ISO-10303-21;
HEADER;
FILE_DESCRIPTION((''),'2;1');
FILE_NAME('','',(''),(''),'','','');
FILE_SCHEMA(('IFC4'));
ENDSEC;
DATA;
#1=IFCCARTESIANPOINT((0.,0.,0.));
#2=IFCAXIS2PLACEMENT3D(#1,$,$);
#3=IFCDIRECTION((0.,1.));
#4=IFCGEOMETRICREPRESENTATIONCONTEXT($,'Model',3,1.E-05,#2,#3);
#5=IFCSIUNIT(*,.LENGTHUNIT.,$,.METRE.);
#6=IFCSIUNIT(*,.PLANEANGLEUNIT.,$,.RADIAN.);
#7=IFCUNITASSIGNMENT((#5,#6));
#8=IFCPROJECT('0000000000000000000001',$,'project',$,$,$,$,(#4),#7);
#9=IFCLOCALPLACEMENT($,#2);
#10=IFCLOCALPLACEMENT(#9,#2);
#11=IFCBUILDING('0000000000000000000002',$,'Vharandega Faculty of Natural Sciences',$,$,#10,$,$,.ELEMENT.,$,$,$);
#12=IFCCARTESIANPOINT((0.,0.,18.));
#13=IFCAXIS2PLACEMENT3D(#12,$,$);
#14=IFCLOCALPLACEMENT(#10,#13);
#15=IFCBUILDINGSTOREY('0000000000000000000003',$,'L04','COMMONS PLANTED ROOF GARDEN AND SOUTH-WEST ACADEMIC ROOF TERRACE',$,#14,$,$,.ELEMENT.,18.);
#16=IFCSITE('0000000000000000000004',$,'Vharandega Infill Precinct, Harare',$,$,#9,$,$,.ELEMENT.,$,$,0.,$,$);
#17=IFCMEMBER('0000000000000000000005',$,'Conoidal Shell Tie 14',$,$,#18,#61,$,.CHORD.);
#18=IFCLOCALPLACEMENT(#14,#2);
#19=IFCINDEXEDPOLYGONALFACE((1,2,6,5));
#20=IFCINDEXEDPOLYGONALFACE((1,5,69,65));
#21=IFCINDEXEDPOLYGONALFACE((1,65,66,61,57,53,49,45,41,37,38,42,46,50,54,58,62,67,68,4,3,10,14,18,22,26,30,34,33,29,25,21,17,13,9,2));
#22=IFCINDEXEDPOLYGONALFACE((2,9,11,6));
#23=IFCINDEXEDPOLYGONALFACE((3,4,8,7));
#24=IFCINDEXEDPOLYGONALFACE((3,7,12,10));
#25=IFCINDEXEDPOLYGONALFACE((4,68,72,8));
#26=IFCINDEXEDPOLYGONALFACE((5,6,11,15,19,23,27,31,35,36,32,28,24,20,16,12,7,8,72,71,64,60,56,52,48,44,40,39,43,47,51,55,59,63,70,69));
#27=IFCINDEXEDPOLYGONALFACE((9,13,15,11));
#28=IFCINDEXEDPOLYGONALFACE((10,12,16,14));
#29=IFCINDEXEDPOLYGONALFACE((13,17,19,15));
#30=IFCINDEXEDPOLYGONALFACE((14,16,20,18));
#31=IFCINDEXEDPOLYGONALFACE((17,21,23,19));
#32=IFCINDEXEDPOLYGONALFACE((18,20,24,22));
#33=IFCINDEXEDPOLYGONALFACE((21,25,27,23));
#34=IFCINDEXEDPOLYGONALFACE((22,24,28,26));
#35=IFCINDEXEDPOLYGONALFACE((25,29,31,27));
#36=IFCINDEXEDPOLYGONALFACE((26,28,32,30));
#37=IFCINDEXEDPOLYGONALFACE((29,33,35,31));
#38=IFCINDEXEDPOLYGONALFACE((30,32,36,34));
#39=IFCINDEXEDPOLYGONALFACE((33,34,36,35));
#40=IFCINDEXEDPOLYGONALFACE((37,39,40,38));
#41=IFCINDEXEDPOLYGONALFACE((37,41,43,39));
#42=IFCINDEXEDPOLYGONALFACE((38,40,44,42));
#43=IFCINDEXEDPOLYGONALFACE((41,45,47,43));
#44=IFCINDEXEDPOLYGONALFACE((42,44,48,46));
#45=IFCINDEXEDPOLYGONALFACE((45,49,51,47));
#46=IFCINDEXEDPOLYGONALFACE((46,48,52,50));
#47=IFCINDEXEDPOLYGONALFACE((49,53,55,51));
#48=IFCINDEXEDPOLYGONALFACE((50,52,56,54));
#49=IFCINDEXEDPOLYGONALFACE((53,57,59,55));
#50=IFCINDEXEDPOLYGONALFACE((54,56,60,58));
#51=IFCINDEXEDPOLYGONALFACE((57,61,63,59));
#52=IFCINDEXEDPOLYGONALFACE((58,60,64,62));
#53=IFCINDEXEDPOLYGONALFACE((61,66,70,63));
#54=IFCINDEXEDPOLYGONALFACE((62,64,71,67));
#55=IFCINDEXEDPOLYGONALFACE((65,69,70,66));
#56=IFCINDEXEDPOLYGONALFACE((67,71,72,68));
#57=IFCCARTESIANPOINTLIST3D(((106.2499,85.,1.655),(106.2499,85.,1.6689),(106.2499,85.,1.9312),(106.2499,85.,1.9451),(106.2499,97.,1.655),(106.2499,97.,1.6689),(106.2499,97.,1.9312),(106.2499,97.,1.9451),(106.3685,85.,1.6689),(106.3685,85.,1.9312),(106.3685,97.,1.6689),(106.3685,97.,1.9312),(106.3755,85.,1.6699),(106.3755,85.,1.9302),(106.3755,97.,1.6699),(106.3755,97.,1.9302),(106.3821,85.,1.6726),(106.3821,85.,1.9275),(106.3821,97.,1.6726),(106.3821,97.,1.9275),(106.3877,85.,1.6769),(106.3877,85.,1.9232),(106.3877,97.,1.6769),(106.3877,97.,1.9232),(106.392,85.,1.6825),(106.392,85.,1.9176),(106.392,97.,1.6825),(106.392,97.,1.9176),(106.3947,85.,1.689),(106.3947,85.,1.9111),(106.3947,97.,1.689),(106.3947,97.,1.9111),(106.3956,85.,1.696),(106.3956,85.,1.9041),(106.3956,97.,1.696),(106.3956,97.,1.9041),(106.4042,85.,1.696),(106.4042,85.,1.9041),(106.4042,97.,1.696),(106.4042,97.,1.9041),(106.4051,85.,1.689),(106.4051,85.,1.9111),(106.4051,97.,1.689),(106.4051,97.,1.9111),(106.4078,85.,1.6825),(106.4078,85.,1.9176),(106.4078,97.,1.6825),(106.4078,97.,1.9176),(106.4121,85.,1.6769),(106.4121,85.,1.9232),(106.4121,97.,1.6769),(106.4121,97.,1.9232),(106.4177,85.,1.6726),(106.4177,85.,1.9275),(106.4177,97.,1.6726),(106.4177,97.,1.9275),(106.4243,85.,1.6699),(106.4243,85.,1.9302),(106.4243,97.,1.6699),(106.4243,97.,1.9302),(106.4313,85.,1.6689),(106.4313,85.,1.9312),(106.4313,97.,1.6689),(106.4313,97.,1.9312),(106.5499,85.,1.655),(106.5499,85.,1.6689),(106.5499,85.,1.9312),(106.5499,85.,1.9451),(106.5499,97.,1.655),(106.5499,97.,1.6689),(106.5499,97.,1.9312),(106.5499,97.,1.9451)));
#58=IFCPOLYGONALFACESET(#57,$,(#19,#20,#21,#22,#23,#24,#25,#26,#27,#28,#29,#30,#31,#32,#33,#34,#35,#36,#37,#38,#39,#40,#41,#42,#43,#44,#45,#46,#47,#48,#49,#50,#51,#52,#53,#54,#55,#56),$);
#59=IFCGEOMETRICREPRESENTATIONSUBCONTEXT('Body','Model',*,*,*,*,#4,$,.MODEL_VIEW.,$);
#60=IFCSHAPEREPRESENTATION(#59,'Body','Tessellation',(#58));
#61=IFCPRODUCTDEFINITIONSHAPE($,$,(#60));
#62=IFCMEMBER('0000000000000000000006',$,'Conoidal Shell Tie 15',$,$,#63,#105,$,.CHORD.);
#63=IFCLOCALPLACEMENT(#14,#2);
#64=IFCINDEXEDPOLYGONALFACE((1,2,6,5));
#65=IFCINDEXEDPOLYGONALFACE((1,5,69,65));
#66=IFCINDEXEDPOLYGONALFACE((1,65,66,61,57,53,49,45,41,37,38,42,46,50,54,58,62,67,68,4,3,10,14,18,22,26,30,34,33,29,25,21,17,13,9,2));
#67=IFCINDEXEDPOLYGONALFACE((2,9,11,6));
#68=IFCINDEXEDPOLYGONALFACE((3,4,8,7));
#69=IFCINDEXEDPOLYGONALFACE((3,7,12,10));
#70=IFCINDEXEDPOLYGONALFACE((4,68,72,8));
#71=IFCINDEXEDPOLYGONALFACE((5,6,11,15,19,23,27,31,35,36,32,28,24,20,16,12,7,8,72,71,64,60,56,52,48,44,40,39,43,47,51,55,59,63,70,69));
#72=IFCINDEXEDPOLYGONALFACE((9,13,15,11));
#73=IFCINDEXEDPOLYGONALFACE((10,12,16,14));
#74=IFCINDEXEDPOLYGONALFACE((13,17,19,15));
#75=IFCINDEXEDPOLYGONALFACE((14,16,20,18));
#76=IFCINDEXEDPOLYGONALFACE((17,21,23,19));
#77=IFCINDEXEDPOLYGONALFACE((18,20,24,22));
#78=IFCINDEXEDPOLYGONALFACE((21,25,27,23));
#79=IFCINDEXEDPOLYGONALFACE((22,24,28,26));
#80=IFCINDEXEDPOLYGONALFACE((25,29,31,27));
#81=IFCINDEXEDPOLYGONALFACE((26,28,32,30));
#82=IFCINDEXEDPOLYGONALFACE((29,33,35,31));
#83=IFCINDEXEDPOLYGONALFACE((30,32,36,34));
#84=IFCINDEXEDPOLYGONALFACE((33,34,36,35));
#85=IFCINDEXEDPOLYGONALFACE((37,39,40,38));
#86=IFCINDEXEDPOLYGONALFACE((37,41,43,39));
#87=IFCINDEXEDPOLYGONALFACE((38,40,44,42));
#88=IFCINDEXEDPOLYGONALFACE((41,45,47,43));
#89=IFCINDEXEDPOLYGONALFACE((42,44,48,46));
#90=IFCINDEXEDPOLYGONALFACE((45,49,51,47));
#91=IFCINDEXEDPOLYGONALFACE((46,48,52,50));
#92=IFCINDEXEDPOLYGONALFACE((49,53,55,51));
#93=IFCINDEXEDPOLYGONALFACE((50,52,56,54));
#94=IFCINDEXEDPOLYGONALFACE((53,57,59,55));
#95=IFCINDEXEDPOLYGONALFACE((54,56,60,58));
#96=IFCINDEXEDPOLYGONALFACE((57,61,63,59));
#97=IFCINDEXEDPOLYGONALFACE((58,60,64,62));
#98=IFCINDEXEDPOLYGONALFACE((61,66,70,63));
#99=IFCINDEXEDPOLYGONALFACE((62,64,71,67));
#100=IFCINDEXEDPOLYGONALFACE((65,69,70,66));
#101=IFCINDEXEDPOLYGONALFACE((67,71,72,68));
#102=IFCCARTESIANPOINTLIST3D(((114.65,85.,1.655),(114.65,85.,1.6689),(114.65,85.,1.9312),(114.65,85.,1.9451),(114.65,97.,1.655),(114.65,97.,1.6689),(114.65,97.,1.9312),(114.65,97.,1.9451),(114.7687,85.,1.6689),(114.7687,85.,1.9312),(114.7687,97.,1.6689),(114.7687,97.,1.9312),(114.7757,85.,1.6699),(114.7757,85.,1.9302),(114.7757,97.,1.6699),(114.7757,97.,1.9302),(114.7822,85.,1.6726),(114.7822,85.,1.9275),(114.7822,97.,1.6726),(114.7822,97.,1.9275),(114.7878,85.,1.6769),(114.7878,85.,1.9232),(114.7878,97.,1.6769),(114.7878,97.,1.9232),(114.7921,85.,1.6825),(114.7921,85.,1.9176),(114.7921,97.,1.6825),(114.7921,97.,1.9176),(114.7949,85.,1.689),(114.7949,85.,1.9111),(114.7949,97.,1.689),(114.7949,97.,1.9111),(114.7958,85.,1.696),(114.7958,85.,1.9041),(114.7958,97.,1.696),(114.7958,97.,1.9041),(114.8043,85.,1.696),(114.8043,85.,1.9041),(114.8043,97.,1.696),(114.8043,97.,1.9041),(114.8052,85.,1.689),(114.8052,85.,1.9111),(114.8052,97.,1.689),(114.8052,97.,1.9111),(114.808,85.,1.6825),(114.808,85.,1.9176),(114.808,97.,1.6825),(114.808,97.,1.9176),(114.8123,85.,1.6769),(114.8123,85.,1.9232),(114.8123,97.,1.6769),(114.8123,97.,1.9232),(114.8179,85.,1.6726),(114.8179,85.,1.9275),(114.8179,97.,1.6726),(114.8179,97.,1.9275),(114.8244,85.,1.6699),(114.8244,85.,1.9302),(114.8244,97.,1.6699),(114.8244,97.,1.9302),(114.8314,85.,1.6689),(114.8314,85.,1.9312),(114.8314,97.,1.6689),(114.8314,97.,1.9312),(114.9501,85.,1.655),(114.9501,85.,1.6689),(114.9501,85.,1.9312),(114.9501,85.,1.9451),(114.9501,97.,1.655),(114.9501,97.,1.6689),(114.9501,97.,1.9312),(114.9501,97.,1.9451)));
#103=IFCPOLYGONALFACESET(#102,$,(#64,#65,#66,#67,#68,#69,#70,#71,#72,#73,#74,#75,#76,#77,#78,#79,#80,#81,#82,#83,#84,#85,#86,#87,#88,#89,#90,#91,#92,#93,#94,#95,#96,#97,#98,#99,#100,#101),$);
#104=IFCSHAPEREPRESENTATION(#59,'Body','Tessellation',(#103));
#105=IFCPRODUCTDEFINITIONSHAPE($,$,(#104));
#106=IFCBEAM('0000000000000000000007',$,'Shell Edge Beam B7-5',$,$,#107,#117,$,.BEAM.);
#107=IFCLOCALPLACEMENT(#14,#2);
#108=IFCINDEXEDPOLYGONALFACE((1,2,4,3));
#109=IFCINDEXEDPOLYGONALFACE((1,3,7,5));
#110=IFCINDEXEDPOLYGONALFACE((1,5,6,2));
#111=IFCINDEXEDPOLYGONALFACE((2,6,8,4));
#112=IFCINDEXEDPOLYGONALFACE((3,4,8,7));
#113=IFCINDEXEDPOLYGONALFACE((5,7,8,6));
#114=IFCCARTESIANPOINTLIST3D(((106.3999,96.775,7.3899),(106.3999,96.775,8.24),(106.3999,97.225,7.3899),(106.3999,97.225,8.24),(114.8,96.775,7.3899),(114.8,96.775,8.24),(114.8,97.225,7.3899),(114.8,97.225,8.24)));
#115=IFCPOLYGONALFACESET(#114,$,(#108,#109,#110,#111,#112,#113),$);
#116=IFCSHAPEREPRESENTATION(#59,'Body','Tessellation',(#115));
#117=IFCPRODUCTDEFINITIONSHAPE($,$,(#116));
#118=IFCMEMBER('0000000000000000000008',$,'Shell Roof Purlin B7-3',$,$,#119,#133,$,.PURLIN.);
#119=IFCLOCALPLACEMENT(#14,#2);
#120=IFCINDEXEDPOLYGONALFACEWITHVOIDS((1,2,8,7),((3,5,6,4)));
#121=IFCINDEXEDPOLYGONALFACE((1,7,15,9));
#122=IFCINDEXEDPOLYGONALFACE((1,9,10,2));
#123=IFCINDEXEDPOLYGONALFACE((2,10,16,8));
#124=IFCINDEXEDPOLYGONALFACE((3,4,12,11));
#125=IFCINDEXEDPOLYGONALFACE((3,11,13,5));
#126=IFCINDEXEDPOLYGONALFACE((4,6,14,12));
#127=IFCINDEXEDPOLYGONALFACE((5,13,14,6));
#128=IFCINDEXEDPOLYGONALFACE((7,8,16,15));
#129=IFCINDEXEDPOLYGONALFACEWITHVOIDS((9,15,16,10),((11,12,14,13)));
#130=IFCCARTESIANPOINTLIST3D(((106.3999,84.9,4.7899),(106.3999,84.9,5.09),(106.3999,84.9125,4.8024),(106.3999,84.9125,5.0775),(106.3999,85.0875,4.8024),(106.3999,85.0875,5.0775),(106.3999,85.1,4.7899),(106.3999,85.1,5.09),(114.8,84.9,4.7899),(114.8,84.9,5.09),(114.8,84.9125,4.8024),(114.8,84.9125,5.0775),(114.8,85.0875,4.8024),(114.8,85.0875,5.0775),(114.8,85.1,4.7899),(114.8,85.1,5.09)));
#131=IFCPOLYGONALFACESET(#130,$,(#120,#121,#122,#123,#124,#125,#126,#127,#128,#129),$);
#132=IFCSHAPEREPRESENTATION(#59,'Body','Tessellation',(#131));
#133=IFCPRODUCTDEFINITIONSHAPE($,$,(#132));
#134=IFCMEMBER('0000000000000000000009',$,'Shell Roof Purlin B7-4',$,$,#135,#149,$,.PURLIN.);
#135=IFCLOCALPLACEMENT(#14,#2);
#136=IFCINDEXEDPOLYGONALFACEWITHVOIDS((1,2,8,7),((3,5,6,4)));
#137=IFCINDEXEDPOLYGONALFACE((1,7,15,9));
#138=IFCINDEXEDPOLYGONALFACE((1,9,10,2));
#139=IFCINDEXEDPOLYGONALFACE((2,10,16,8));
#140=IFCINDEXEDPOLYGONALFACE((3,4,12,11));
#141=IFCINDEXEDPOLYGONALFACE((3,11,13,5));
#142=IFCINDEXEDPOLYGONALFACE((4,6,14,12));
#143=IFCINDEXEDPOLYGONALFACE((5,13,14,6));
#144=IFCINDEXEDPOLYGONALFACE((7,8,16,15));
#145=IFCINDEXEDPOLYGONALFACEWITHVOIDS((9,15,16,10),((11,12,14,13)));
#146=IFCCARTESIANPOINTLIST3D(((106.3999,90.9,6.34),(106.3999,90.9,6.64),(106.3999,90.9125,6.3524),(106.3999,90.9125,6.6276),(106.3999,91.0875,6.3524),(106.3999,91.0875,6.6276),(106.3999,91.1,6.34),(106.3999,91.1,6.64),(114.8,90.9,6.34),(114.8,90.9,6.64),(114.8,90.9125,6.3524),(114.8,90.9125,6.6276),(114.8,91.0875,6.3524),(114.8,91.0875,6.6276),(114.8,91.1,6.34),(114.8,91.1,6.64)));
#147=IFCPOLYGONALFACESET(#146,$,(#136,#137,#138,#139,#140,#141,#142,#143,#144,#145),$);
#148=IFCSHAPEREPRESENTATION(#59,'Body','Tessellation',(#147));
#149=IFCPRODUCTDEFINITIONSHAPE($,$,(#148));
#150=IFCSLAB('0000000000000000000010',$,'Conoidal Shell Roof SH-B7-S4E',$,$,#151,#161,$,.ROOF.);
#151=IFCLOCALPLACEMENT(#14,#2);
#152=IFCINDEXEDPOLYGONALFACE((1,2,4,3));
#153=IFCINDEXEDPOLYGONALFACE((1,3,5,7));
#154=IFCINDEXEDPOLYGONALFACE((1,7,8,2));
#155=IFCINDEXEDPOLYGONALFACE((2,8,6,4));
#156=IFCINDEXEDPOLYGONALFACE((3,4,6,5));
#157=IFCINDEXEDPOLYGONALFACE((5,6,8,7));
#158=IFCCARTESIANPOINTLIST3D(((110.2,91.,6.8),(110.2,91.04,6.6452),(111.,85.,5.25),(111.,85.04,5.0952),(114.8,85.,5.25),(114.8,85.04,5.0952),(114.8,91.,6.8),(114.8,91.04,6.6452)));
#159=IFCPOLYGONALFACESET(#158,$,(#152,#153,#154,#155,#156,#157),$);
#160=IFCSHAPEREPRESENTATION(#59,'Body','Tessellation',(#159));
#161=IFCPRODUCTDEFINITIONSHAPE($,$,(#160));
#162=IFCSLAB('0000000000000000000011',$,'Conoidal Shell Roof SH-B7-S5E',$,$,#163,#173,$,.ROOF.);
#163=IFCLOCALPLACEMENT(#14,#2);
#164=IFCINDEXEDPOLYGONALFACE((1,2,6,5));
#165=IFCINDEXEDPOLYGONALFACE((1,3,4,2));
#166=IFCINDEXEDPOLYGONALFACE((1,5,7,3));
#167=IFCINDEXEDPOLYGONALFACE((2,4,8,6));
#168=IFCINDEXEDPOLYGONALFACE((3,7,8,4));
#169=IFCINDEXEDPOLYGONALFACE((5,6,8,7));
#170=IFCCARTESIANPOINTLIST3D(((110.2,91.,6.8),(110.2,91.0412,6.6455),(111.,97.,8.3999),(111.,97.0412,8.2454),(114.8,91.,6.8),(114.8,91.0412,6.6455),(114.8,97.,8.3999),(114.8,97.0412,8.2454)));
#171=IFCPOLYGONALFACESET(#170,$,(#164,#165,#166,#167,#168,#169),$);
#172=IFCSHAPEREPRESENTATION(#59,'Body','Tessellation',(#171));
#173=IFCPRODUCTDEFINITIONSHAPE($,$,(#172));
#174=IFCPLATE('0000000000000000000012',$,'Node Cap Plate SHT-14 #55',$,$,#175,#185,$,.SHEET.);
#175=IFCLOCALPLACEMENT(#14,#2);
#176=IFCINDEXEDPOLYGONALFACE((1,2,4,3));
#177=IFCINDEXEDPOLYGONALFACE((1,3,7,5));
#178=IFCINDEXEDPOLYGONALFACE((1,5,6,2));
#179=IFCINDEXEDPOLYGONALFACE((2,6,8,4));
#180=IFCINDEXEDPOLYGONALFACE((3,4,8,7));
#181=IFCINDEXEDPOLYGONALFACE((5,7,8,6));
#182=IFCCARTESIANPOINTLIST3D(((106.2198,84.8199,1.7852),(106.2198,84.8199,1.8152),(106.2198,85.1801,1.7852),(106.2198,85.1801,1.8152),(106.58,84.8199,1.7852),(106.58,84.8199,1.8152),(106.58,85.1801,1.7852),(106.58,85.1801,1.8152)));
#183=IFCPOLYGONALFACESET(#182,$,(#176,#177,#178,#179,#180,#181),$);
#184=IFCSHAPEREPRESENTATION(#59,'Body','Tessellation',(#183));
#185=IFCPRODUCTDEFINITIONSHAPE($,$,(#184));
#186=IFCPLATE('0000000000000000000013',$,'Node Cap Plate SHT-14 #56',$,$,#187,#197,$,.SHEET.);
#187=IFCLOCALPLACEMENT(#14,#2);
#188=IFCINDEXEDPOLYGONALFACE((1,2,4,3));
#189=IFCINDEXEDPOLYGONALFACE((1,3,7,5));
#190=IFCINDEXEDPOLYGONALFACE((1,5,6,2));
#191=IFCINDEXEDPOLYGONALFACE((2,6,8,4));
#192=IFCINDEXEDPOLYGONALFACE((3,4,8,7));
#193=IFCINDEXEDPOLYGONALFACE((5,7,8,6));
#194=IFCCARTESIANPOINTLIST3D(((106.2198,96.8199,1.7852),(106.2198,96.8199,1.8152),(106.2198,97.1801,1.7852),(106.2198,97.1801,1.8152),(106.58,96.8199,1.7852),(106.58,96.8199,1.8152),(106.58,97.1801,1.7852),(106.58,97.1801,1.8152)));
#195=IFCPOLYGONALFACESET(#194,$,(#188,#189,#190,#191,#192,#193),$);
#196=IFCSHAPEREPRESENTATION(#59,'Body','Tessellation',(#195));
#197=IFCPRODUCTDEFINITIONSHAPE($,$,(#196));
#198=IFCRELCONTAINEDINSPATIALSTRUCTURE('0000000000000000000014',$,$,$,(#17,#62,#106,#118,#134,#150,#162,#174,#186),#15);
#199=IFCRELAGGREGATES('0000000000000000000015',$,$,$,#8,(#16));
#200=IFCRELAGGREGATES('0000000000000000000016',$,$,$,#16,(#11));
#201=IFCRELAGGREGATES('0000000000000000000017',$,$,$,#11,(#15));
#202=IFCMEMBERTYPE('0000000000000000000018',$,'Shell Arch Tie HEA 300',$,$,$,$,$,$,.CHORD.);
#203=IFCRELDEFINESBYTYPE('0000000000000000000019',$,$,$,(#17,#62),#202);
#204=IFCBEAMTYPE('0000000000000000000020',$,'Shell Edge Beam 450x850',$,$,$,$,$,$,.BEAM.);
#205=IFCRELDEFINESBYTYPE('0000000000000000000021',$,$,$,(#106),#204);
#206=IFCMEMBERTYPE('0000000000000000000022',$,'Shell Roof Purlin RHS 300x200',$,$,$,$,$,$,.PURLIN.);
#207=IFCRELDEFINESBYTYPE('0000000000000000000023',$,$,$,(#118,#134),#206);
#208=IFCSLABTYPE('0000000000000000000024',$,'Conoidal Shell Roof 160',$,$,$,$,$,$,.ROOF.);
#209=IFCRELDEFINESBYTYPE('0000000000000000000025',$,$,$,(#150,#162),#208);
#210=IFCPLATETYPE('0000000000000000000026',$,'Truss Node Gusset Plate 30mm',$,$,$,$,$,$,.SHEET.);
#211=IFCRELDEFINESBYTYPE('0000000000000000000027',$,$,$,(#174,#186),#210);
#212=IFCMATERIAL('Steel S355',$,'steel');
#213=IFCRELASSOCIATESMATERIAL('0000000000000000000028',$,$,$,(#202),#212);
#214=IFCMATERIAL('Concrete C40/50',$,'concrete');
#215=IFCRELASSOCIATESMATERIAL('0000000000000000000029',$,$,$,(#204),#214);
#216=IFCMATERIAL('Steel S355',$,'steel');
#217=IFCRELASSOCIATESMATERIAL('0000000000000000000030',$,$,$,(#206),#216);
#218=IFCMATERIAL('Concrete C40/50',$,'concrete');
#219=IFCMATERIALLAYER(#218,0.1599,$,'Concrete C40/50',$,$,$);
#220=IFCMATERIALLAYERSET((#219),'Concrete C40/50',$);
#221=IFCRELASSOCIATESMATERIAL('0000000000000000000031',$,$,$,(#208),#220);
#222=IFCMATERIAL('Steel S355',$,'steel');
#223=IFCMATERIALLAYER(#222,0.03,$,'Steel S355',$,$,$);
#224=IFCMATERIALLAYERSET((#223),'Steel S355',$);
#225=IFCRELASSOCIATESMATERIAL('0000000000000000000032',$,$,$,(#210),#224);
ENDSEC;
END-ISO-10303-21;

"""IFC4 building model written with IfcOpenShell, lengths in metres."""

from ifc_helpers import new_model, si_unit, direction, frame, origin, origin_2d, place, context, subcontext, project, spatial, polyline, rectangle, hollow_rectangle, i_section, outline, extrude, material, layer, layer_set, material_profile, profile_set, type_object, element, save


model = new_model("IFC4")

# Units and contexts
model_context = context("Model", 3, precision=1e-05, world=origin(), true_north=direction((0.0, 1.0)))
body_context = subcontext(model_context, "Body", "Model", "MODEL_VIEW")
ifc_project = project(units=[si_unit("LENGTHUNIT", "METRE"), si_unit("PLANEANGLEUNIT", "RADIAN")], contexts=[model_context])

# Site, building, storey
site_placement = place(None, origin())
site = spatial("IfcSite", under=ifc_project, at=site_placement, Name="Vharandega Infill Precinct, Harare", CompositionType="ELEMENT", RefElevation=0.0)
building_placement = place(site_placement, origin())
building = spatial("IfcBuilding", under=site, at=building_placement, Name="Vharandega Faculty of Natural Sciences", CompositionType="ELEMENT")
storey_placement = place(building_placement, frame((0.0, 0.0, 18.0)))
storey = spatial("IfcBuildingStorey", under=building, at=storey_placement, Name="L04", Description="COMMONS PLANTED ROOF GARDEN AND SOUTH-WEST ACADEMIC ROOF TERRACE", CompositionType="ELEMENT", Elevation=18.0)

# Members
ifc_material_1 = material(Name="Steel S355", Category="steel")
ifc_material_profile_1 = material_profile(ifc_material_1, i_section(OverallWidth=0.3, OverallDepth=0.29, WebThickness=0.0085, FlangeThickness=0.0139, FilletRadius=0.0271, at=origin_2d()), Name="HEA 300")
ifc_profile_set_1 = profile_set([ifc_material_profile_1], Name="Steel S355")
member_type_1 = type_object("IfcMemberType", Name="Shell Arch Tie HEA 300", PredefinedType="CHORD", material=ifc_profile_set_1)
for number, where, z_axis, x_axis, name in (
    (1, (106.3999, 85.0, 1.8), (0.0, 1.0, 0.0), (-1.0, 0.0, 0.0), "Conoidal Shell Tie 14"),
    (2, (114.8, 85.0, 1.8), (0.0, 1.0, 0.0), (-1.0, 0.0, 0.0), "Conoidal Shell Tie 15"),
):
    element("IfcMember", number, at=place(storey_placement, frame(where, z_axis=z_axis, x_axis=x_axis)), inside=storey, type_object=member_type_1, Name=name, PredefinedType="CHORD", context=body_context, shape_type="SweptSolid", body=[
        extrude(i_section(OverallWidth=0.3, OverallDepth=0.29, WebThickness=0.0085, FlangeThickness=0.0139, FilletRadius=0.0271, at=origin_2d()), origin(), (0.0, 0.0, 1.0), 12.0),
    ])

# Beam
ifc_material_2 = material(Name="Concrete C40/50", Category="concrete")
ifc_material_profile_2 = material_profile(ifc_material_2, rectangle(XDim=0.45, YDim=0.8501, at=origin_2d()), Name="RC 450x850")
ifc_profile_set_2 = profile_set([ifc_material_profile_2], Name="Concrete C40/50")
beam_type_1 = type_object("IfcBeamType", Name="Shell Edge Beam 450x850", PredefinedType="BEAM", material=ifc_profile_set_2)
beam_1_placement = place(storey_placement, frame((106.3999, 97.0, 7.8149), z_axis=(1.0, 0.0, 0.0), x_axis=(0.0, 1.0, 0.0)))
element("IfcBeam", 3, at=beam_1_placement, inside=storey, type_object=beam_type_1, Name="Shell Edge Beam B7-5", PredefinedType="BEAM", context=body_context, shape_type="SweptSolid", body=[
    extrude(rectangle(XDim=0.45, YDim=0.8501, at=origin_2d()), origin(), (0.0, 0.0, 1.0), 8.4001),
])

# Members
ifc_material_3 = material(Name="Steel S355", Category="steel")
ifc_material_profile_3 = material_profile(ifc_material_3, hollow_rectangle(XDim=0.2, YDim=0.3, WallThickness=0.0125, at=origin_2d()), Name="RHS 300x200x12.5")
ifc_profile_set_3 = profile_set([ifc_material_profile_3], Name="Steel S355")
member_type_2 = type_object("IfcMemberType", Name="Shell Roof Purlin RHS 300x200", PredefinedType="PURLIN", material=ifc_profile_set_3)
for number, where, z_axis, x_axis, name in (
    (4, (106.3999, 85.0, 4.9399), (1.0, 0.0, 0.0), (0.0, 1.0, 0.0), "Shell Roof Purlin B7-3"),
    (5, (106.3999, 91.0, 6.49), (1.0, 0.0, 0.0), (0.0, 1.0, 0.0), "Shell Roof Purlin B7-4"),
):
    element("IfcMember", number, at=place(storey_placement, frame(where, z_axis=z_axis, x_axis=x_axis)), inside=storey, type_object=member_type_2, Name=name, PredefinedType="PURLIN", context=body_context, shape_type="SweptSolid", body=[
        extrude(hollow_rectangle(XDim=0.2, YDim=0.3, WallThickness=0.0125, at=origin_2d()), origin(), (0.0, 0.0, 1.0), 8.4001),
    ])

# Slabs
ifc_material_4 = material(Name="Concrete C40/50", Category="concrete")
ifc_layer_1 = layer(ifc_material_4, 0.1599, Name="Concrete C40/50")
ifc_layer_set_1 = layer_set([ifc_layer_1], Name="Concrete C40/50")
slab_type = type_object("IfcSlabType", Name="Conoidal Shell Roof 160", PredefinedType="ROOF", material=ifc_layer_set_1)
slab_1_placement = place(storey_placement, frame((111.0, 85.0, 5.25), z_axis=(0.0, -0.250129, 0.968212), x_axis=(1.0, 0.0, 0.0)))
element("IfcSlab", 6, at=slab_1_placement, inside=storey, type_object=slab_type, Name="Conoidal Shell Roof SH-B7-S4E", PredefinedType="ROOF", context=body_context, shape_type="SweptSolid", body=[
    extrude(outline(polyline([(0.0, 0.0), (3.8, 0.0), (3.8, 6.197), (-0.8, 6.197), (0.0, 0.0)])), origin(), (0.0, 0.0, -1.0), 0.1599),
])
slab_2_placement = place(storey_placement, frame((110.2, 91.0, 6.8), z_axis=(0.0, -0.257641, 0.966241), x_axis=(1.0, 0.0, 0.0)))
element("IfcSlab", 7, at=slab_2_placement, inside=storey, type_object=slab_type, Name="Conoidal Shell Roof SH-B7-S5E", PredefinedType="ROOF", context=body_context, shape_type="SweptSolid", body=[
    extrude(outline(polyline([(0.0, 0.0), (4.6001, 0.0), (4.6001, 6.2096), (0.8, 6.2096), (0.0, 0.0)])), origin(), (0.0, 0.0, -1.0), 0.1599),
])

# Plates
ifc_material_5 = material(Name="Steel S355", Category="steel")
ifc_layer_2 = layer(ifc_material_5, 0.03, Name="Steel S355")
ifc_layer_set_2 = layer_set([ifc_layer_2], Name="Steel S355")
plate_type = type_object("IfcPlateType", Name="Truss Node Gusset Plate 30mm", PredefinedType="SHEET", material=ifc_layer_set_2)
for number, where, z_axis, x_axis, name in (
    (8, (106.3999, 85.0, 1.7852), (0.0, 0.0, 1.0), (1.0, 0.0, 0.0), "Node Cap Plate SHT-14 #55"),
    (9, (106.3999, 97.0, 1.7852), (0.0, 0.0, 1.0), (1.0, 0.0, 0.0), "Node Cap Plate SHT-14 #56"),
):
    element("IfcPlate", number, at=place(storey_placement, frame(where, z_axis=z_axis, x_axis=x_axis)), inside=storey, type_object=plate_type, Name=name, PredefinedType="SHEET", context=body_context, shape_type="SweptSolid", body=[
        extrude(rectangle(XDim=0.3601, YDim=0.3601, at=origin_2d()), origin(), (0.0, 0.0, 1.0), 0.03),
    ])

save(model, "model.ifc")
